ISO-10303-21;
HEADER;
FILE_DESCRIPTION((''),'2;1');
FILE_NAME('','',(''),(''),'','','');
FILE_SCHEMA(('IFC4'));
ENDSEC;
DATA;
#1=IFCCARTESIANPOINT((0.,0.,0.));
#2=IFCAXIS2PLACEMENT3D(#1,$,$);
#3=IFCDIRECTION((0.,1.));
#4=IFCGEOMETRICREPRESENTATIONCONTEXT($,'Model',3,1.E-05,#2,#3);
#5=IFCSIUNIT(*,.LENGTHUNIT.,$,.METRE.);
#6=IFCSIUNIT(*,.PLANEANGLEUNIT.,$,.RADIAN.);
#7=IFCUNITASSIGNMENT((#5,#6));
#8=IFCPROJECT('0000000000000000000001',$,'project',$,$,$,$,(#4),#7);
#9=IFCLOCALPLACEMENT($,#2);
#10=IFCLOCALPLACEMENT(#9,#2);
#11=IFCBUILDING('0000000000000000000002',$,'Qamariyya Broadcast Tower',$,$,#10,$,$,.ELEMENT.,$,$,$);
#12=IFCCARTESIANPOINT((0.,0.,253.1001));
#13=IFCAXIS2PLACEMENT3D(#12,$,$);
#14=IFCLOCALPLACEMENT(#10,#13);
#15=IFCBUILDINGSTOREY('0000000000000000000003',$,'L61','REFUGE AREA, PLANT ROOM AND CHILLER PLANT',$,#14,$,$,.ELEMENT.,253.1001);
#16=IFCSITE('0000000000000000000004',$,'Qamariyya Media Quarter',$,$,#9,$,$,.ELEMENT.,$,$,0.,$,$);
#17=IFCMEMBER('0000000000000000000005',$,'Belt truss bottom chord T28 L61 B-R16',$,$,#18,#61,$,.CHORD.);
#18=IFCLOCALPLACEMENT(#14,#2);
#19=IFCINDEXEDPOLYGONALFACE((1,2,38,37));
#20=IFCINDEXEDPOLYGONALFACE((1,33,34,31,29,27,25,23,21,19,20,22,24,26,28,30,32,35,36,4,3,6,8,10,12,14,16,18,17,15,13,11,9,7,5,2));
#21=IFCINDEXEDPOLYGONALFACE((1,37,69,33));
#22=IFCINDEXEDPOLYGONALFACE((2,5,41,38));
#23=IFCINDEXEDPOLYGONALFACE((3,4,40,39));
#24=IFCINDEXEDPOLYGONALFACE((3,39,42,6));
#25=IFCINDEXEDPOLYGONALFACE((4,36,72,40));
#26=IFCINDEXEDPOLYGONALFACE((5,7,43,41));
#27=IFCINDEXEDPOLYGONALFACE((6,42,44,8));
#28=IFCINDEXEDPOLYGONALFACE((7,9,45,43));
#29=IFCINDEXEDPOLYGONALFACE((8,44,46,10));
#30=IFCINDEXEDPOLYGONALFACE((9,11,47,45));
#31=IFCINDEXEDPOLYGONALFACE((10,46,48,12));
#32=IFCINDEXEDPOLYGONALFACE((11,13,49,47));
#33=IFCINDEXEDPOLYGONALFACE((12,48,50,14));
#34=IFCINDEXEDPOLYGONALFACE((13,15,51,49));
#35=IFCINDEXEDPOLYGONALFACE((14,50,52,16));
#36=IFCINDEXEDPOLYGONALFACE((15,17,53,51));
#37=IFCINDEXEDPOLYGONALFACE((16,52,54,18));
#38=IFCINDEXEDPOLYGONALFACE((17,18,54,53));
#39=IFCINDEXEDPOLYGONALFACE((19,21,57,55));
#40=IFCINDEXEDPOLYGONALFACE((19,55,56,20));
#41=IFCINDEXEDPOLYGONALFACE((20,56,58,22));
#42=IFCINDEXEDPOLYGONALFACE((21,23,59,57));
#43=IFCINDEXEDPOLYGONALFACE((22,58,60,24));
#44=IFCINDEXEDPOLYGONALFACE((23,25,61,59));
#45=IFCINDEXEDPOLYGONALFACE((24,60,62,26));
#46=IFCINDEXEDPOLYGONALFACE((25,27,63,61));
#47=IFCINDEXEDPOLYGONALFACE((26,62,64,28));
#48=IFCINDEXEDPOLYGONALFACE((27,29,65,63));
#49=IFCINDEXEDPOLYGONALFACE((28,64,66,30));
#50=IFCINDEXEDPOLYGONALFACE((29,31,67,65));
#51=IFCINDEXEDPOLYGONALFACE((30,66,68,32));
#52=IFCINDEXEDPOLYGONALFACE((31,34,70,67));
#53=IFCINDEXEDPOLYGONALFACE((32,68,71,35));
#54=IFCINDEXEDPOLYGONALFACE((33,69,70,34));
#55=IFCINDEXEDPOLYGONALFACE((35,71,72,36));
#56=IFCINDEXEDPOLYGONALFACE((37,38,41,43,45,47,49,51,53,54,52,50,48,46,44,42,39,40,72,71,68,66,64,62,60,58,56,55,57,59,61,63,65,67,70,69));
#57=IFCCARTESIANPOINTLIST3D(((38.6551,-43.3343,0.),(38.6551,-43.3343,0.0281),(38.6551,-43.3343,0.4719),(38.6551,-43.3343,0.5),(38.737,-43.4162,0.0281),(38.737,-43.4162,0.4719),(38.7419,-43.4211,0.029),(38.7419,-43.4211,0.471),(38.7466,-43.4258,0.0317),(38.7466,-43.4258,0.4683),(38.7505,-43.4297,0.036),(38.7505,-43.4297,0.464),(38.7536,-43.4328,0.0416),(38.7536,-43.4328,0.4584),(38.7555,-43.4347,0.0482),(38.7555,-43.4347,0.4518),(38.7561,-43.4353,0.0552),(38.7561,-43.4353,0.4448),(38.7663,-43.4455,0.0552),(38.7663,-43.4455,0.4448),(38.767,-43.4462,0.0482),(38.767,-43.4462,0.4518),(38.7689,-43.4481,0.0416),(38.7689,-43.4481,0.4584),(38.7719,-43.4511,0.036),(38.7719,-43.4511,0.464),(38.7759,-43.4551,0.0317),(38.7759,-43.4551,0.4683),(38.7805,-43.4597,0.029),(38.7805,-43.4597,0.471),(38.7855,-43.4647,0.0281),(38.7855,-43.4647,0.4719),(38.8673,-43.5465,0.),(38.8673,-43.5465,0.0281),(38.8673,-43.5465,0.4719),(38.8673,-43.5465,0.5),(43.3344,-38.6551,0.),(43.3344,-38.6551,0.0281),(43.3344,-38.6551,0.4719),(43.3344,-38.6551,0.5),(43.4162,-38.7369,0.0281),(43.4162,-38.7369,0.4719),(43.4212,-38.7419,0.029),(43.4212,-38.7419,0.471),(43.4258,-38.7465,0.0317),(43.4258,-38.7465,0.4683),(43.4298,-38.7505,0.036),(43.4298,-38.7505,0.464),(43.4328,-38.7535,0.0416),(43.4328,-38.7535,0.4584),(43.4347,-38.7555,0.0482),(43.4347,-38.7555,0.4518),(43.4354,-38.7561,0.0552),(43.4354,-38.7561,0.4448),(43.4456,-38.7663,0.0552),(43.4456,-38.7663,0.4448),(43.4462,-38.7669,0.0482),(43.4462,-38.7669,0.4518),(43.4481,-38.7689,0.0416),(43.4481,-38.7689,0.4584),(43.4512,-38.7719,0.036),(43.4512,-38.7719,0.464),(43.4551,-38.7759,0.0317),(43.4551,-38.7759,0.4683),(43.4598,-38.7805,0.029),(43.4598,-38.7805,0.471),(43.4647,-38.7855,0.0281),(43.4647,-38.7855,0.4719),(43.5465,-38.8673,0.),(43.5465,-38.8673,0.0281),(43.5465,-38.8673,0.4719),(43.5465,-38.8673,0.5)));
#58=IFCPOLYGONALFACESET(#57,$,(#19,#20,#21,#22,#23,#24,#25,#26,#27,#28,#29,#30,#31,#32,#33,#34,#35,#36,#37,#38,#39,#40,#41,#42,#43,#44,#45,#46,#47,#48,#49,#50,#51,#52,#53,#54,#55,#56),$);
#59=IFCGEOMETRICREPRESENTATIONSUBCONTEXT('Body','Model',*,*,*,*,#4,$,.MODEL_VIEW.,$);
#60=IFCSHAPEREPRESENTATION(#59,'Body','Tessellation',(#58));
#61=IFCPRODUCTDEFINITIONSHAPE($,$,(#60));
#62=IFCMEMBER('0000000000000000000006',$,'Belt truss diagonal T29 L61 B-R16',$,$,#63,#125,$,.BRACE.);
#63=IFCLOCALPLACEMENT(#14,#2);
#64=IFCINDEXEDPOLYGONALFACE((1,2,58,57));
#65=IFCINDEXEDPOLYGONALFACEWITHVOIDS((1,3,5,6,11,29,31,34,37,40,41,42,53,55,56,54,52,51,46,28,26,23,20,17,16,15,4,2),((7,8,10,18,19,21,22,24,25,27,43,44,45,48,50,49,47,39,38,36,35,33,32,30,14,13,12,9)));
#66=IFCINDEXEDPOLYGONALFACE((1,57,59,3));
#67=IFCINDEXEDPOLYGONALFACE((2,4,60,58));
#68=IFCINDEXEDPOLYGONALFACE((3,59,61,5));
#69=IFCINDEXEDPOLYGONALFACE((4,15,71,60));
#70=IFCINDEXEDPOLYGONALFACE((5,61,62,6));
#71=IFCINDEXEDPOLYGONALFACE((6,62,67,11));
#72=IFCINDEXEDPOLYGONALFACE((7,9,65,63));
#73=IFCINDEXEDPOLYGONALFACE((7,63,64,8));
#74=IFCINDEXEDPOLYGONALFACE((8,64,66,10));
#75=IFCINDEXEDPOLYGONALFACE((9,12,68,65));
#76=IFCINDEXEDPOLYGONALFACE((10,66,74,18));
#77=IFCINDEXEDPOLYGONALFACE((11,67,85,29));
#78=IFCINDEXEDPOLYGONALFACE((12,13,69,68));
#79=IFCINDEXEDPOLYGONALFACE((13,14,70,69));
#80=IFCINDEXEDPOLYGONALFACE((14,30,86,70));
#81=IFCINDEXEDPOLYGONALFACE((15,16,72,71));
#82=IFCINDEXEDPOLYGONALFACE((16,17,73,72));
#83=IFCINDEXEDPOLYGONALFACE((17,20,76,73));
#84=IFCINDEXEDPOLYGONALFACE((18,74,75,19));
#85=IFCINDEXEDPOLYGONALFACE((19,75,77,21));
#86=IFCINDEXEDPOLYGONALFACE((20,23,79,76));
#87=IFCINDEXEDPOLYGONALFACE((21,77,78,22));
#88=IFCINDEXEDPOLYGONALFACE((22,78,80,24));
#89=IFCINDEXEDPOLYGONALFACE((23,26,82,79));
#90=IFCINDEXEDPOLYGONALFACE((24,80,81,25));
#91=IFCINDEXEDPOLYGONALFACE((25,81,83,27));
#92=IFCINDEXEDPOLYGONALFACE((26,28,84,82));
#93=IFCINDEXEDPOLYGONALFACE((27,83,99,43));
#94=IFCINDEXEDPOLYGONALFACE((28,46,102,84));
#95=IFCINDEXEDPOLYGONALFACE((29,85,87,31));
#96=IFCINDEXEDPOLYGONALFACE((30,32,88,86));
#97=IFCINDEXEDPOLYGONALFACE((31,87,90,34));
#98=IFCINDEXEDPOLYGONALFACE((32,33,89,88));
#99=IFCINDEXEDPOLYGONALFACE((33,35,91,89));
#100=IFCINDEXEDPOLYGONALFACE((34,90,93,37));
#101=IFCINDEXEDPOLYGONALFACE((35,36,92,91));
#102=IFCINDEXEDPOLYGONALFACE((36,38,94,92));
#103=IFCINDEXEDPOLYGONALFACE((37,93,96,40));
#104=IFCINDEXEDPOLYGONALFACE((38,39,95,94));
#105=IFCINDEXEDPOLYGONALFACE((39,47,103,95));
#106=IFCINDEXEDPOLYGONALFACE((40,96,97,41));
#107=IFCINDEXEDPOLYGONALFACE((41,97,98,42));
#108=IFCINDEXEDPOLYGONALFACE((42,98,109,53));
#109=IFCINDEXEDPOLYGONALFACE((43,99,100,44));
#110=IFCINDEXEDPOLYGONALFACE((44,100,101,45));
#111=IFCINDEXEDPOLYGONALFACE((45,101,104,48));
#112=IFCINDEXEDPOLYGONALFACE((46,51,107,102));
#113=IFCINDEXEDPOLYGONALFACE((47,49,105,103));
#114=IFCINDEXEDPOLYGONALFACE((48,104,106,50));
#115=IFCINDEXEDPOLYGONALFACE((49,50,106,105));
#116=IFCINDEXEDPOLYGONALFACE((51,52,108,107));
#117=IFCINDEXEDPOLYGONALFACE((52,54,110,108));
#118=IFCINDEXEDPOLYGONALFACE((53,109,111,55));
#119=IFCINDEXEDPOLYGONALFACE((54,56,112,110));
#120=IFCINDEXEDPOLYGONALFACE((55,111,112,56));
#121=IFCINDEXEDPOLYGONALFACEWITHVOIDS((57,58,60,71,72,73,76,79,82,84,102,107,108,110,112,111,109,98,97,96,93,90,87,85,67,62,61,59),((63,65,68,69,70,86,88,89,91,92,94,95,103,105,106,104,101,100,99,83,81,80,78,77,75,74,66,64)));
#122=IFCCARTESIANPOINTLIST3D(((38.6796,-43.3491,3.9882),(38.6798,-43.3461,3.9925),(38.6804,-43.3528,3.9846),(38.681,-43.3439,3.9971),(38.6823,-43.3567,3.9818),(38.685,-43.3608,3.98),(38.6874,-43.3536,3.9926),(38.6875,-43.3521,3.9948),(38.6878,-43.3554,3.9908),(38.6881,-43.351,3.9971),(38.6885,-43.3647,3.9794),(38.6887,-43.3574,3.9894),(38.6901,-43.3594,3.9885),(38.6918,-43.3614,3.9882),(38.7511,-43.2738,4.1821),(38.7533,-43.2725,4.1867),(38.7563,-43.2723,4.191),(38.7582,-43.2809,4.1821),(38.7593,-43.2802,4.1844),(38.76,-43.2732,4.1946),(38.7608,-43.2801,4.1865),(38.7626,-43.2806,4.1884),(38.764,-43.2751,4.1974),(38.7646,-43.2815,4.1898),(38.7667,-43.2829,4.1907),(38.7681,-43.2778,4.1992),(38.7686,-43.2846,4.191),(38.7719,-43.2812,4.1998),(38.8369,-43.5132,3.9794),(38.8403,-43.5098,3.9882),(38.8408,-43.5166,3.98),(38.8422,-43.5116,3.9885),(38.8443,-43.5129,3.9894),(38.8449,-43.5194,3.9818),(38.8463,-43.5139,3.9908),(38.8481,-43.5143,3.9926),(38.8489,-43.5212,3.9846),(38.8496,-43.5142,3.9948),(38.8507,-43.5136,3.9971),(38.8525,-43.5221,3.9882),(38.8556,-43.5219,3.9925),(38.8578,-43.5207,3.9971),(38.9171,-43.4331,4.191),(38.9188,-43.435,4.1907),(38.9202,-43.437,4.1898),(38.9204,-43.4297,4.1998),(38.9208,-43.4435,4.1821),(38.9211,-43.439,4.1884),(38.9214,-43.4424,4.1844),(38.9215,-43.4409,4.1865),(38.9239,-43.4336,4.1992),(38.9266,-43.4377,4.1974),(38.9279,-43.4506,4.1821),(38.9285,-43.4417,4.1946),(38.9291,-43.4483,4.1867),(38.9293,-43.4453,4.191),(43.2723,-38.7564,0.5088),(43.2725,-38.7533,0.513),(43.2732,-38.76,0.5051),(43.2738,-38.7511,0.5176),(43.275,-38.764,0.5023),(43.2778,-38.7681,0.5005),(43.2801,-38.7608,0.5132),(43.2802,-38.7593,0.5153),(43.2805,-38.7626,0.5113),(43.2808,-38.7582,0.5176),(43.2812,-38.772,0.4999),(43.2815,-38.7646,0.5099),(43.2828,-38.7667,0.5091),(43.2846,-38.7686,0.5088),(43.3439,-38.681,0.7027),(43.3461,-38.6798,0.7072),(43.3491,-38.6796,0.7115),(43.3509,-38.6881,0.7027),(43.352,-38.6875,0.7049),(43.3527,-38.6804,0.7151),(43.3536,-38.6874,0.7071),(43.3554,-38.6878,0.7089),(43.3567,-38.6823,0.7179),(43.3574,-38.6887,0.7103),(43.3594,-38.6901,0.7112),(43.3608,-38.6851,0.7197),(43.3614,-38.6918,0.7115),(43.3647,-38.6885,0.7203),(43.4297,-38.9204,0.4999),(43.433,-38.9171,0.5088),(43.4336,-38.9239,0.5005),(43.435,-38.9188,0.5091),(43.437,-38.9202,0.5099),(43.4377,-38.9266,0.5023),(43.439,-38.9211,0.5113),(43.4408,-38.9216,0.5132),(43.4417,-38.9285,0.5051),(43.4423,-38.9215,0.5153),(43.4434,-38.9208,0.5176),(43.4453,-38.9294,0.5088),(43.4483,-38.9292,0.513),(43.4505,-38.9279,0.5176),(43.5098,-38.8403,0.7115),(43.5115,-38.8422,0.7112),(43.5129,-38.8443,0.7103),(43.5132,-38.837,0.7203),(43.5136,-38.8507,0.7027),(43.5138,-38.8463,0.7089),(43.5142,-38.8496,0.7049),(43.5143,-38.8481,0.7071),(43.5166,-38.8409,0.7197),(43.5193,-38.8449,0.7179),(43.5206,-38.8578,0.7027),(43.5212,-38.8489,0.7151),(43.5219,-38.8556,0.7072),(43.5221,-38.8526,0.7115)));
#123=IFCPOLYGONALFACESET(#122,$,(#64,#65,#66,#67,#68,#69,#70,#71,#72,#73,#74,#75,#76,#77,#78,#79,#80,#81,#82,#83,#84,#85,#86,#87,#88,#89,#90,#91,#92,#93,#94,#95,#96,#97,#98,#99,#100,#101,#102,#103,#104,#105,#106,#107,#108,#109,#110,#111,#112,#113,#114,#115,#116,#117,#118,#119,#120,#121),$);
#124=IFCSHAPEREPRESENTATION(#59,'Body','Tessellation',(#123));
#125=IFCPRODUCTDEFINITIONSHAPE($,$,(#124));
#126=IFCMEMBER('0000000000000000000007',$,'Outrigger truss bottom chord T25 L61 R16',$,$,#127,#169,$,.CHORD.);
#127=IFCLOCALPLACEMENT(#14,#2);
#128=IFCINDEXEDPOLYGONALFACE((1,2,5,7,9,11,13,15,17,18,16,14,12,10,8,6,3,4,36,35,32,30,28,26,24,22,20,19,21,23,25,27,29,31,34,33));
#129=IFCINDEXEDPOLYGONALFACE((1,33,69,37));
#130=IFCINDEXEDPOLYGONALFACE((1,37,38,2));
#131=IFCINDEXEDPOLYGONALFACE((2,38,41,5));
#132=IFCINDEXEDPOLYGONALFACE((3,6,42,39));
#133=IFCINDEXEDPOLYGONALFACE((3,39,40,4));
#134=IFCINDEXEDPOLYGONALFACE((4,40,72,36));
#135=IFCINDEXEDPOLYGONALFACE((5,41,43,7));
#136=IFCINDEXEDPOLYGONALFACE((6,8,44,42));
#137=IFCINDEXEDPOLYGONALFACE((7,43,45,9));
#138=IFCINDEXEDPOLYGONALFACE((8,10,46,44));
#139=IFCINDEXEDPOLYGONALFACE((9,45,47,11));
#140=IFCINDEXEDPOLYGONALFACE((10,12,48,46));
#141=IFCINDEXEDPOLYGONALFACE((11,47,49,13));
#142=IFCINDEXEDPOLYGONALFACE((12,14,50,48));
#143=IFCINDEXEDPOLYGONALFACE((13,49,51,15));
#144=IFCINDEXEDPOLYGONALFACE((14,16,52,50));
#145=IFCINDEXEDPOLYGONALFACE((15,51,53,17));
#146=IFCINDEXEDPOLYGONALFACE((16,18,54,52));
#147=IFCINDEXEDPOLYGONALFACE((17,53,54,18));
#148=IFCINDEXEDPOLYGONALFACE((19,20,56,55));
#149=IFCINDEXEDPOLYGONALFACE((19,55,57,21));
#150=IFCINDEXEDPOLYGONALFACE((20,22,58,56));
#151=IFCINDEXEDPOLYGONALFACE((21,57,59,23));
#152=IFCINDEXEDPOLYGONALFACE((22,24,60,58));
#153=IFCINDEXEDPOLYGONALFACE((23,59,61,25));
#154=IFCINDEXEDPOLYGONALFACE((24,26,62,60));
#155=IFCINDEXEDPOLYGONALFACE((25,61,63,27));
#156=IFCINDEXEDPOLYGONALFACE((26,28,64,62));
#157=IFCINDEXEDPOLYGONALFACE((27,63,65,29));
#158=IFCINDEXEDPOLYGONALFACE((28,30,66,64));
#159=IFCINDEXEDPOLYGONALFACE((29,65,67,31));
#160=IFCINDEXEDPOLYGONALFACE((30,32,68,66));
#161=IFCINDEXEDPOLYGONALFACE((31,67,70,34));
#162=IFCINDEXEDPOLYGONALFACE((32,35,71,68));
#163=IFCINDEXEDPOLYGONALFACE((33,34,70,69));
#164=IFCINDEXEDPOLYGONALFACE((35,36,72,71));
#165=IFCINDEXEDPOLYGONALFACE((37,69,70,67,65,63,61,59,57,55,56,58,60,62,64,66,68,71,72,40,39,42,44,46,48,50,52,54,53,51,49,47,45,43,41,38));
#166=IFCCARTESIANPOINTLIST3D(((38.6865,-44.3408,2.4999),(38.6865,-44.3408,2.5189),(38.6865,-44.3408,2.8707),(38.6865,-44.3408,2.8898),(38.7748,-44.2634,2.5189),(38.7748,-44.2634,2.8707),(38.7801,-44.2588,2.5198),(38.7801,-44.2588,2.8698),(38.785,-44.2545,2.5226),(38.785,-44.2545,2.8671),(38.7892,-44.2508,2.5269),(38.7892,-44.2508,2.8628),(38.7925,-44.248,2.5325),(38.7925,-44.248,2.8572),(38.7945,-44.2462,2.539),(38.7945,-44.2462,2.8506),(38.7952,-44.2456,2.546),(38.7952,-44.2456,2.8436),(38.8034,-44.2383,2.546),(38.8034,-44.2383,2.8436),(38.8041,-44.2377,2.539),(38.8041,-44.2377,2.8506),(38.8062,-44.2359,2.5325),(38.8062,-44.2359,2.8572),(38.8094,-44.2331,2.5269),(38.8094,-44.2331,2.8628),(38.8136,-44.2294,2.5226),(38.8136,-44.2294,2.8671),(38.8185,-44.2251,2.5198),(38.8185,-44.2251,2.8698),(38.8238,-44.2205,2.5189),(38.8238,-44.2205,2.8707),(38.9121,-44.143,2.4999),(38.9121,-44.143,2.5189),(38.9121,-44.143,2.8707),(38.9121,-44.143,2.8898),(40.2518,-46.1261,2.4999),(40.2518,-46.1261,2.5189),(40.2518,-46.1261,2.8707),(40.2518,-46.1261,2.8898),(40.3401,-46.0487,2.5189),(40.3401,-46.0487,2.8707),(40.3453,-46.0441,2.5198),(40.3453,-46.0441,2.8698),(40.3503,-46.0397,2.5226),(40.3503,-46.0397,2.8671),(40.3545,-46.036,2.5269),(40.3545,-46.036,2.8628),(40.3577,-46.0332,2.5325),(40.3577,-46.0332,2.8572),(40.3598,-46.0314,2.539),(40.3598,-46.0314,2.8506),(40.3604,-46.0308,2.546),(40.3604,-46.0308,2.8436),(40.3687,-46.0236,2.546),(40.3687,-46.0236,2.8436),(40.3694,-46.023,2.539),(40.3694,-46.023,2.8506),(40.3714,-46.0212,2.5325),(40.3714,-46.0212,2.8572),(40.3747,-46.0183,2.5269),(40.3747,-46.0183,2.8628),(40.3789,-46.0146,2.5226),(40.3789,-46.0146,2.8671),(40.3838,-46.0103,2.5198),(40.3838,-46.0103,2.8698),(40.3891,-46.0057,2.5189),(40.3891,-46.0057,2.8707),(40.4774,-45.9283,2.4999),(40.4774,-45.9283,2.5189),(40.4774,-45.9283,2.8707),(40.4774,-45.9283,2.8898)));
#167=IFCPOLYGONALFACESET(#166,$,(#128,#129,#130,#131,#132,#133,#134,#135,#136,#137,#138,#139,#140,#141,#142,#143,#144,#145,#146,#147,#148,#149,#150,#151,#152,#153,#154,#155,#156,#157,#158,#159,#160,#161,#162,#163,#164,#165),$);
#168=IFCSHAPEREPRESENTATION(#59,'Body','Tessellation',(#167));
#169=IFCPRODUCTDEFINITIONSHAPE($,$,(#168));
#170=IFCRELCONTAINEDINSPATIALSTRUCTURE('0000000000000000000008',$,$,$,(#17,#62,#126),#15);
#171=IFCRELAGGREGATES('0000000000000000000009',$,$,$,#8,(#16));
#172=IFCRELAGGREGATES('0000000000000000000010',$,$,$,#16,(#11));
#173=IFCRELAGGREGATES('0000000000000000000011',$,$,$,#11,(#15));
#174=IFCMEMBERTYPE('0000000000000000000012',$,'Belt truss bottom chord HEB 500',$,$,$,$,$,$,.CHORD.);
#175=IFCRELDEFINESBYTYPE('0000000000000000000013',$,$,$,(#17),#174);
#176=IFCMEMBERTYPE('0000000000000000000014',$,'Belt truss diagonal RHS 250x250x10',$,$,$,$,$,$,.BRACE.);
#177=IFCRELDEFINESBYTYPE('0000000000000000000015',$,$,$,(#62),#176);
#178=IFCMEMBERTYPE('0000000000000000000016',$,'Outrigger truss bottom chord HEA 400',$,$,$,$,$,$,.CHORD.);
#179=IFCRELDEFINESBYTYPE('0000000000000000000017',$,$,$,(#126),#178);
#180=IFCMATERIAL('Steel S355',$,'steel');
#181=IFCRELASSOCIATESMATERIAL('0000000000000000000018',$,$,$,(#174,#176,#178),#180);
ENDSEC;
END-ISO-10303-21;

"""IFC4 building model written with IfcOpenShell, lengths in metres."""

from ifc_helpers import new_model, si_unit, direction, frame, origin, origin_2d, place, context, subcontext, project, spatial, hollow_rectangle, i_section, extrude, material, material_profile, profile_set, type_object, element, save


model = new_model("IFC4")

# Units and contexts
model_context = context("Model", 3, precision=1e-05, world=origin(), true_north=direction((0.0, 1.0)))
body_context = subcontext(model_context, "Body", "Model", "MODEL_VIEW")
ifc_project = project(units=[si_unit("LENGTHUNIT", "METRE"), si_unit("PLANEANGLEUNIT", "RADIAN")], contexts=[model_context])

# Site, building, storey
site_placement = place(None, origin())
site = spatial("IfcSite", under=ifc_project, at=site_placement, Name="Qamariyya Media Quarter", CompositionType="ELEMENT", RefElevation=0.0)
building_placement = place(site_placement, origin())
building = spatial("IfcBuilding", under=site, at=building_placement, Name="Qamariyya Broadcast Tower", CompositionType="ELEMENT")
storey_placement = place(building_placement, frame((0.0, 0.0, 253.1001)))
storey = spatial("IfcBuildingStorey", under=building, at=storey_placement, Name="L61", Description="REFUGE AREA, PLANT ROOM AND CHILLER PLANT", CompositionType="ELEMENT", Elevation=253.1001)

# Members
ifc_material_1 = material(Name="Steel S355", Category="steel")
ifc_material_profile_1 = material_profile(ifc_material_1, i_section(OverallWidth=0.3, OverallDepth=0.5, WebThickness=0.0144, FlangeThickness=0.0281, FilletRadius=0.0271, at=origin_2d()))
ifc_profile_set_1 = profile_set([ifc_material_profile_1], Name="Steel S355")
member_type_1 = type_object("IfcMemberType", Name="Belt truss bottom chord HEB 500", PredefinedType="CHORD", material=ifc_profile_set_1)
member_1_placement = place(storey_placement, frame((38.7612, -43.4404, 0.25), z_axis=(0.707107, 0.707107, 0.0), x_axis=(-0.707107, 0.707107, 0.0)))
element("IfcMember", 1, at=member_1_placement, inside=storey, type_object=member_type_1, Name="Belt truss bottom chord T28 L61 B-R16", PredefinedType="CHORD", context=body_context, shape_type="SweptSolid", body=[
    extrude(i_section(OverallWidth=0.3, OverallDepth=0.5, WebThickness=0.0144, FlangeThickness=0.0281, FilletRadius=0.0271, at=origin_2d()), origin(), (0.0, 0.0, 1.0), 6.6174),
])
ifc_material_profile_2 = material_profile(ifc_material_1, hollow_rectangle(XDim=0.25, YDim=0.25, WallThickness=0.01, InnerFilletRadius=0.01, OuterFilletRadius=0.02, at=origin_2d()))
ifc_profile_set_2 = profile_set([ifc_material_profile_2], Name="Steel S355")
member_type_2 = type_object("IfcMemberType", Name="Belt truss diagonal RHS 250x250x10", PredefinedType="BRACE", material=ifc_profile_set_2)
member_2_placement = place(storey_placement, frame((38.8044, -43.3972, 4.0896), z_axis=(0.623303, 0.623303, -0.472215), x_axis=(-0.707107, 0.707107, 0.0)))
element("IfcMember", 2, at=member_2_placement, inside=storey, type_object=member_type_2, Name="Belt truss diagonal T29 L61 B-R16", PredefinedType="BRACE", context=body_context, shape_type="SweptSolid", body=[
    extrude(hollow_rectangle(XDim=0.25, YDim=0.25, WallThickness=0.01, InnerFilletRadius=0.01, OuterFilletRadius=0.02, at=origin_2d()), origin(), (0.0, 0.0, 1.0), 7.3684),
])
ifc_material_profile_3 = material_profile(ifc_material_1, i_section(OverallWidth=0.3, OverallDepth=0.3899, WebThickness=0.011, FlangeThickness=0.019, FilletRadius=0.0271, at=origin_2d()))
ifc_profile_set_3 = profile_set([ifc_material_profile_3], Name="Steel S355")
member_type_3 = type_object("IfcMemberType", Name="Outrigger truss bottom chord HEA 400", PredefinedType="CHORD", material=ifc_profile_set_3)
member_3_placement = place(storey_placement, frame((38.7993, -44.2419, 2.6948), z_axis=(0.659261, -0.751914, 0.0), x_axis=(0.751914, 0.659261, 0.0)))
element("IfcMember", 3, at=member_3_placement, inside=storey, type_object=member_type_3, Name="Outrigger truss bottom chord T25 L61 R16", PredefinedType="CHORD", context=body_context, shape_type="SweptSolid", body=[
    extrude(i_section(OverallWidth=0.3, OverallDepth=0.3899, WebThickness=0.011, FlangeThickness=0.019, FilletRadius=0.0271, at=origin_2d()), origin(), (0.0, 0.0, 1.0), 2.3743),
])

save(model, "model.ifc")
